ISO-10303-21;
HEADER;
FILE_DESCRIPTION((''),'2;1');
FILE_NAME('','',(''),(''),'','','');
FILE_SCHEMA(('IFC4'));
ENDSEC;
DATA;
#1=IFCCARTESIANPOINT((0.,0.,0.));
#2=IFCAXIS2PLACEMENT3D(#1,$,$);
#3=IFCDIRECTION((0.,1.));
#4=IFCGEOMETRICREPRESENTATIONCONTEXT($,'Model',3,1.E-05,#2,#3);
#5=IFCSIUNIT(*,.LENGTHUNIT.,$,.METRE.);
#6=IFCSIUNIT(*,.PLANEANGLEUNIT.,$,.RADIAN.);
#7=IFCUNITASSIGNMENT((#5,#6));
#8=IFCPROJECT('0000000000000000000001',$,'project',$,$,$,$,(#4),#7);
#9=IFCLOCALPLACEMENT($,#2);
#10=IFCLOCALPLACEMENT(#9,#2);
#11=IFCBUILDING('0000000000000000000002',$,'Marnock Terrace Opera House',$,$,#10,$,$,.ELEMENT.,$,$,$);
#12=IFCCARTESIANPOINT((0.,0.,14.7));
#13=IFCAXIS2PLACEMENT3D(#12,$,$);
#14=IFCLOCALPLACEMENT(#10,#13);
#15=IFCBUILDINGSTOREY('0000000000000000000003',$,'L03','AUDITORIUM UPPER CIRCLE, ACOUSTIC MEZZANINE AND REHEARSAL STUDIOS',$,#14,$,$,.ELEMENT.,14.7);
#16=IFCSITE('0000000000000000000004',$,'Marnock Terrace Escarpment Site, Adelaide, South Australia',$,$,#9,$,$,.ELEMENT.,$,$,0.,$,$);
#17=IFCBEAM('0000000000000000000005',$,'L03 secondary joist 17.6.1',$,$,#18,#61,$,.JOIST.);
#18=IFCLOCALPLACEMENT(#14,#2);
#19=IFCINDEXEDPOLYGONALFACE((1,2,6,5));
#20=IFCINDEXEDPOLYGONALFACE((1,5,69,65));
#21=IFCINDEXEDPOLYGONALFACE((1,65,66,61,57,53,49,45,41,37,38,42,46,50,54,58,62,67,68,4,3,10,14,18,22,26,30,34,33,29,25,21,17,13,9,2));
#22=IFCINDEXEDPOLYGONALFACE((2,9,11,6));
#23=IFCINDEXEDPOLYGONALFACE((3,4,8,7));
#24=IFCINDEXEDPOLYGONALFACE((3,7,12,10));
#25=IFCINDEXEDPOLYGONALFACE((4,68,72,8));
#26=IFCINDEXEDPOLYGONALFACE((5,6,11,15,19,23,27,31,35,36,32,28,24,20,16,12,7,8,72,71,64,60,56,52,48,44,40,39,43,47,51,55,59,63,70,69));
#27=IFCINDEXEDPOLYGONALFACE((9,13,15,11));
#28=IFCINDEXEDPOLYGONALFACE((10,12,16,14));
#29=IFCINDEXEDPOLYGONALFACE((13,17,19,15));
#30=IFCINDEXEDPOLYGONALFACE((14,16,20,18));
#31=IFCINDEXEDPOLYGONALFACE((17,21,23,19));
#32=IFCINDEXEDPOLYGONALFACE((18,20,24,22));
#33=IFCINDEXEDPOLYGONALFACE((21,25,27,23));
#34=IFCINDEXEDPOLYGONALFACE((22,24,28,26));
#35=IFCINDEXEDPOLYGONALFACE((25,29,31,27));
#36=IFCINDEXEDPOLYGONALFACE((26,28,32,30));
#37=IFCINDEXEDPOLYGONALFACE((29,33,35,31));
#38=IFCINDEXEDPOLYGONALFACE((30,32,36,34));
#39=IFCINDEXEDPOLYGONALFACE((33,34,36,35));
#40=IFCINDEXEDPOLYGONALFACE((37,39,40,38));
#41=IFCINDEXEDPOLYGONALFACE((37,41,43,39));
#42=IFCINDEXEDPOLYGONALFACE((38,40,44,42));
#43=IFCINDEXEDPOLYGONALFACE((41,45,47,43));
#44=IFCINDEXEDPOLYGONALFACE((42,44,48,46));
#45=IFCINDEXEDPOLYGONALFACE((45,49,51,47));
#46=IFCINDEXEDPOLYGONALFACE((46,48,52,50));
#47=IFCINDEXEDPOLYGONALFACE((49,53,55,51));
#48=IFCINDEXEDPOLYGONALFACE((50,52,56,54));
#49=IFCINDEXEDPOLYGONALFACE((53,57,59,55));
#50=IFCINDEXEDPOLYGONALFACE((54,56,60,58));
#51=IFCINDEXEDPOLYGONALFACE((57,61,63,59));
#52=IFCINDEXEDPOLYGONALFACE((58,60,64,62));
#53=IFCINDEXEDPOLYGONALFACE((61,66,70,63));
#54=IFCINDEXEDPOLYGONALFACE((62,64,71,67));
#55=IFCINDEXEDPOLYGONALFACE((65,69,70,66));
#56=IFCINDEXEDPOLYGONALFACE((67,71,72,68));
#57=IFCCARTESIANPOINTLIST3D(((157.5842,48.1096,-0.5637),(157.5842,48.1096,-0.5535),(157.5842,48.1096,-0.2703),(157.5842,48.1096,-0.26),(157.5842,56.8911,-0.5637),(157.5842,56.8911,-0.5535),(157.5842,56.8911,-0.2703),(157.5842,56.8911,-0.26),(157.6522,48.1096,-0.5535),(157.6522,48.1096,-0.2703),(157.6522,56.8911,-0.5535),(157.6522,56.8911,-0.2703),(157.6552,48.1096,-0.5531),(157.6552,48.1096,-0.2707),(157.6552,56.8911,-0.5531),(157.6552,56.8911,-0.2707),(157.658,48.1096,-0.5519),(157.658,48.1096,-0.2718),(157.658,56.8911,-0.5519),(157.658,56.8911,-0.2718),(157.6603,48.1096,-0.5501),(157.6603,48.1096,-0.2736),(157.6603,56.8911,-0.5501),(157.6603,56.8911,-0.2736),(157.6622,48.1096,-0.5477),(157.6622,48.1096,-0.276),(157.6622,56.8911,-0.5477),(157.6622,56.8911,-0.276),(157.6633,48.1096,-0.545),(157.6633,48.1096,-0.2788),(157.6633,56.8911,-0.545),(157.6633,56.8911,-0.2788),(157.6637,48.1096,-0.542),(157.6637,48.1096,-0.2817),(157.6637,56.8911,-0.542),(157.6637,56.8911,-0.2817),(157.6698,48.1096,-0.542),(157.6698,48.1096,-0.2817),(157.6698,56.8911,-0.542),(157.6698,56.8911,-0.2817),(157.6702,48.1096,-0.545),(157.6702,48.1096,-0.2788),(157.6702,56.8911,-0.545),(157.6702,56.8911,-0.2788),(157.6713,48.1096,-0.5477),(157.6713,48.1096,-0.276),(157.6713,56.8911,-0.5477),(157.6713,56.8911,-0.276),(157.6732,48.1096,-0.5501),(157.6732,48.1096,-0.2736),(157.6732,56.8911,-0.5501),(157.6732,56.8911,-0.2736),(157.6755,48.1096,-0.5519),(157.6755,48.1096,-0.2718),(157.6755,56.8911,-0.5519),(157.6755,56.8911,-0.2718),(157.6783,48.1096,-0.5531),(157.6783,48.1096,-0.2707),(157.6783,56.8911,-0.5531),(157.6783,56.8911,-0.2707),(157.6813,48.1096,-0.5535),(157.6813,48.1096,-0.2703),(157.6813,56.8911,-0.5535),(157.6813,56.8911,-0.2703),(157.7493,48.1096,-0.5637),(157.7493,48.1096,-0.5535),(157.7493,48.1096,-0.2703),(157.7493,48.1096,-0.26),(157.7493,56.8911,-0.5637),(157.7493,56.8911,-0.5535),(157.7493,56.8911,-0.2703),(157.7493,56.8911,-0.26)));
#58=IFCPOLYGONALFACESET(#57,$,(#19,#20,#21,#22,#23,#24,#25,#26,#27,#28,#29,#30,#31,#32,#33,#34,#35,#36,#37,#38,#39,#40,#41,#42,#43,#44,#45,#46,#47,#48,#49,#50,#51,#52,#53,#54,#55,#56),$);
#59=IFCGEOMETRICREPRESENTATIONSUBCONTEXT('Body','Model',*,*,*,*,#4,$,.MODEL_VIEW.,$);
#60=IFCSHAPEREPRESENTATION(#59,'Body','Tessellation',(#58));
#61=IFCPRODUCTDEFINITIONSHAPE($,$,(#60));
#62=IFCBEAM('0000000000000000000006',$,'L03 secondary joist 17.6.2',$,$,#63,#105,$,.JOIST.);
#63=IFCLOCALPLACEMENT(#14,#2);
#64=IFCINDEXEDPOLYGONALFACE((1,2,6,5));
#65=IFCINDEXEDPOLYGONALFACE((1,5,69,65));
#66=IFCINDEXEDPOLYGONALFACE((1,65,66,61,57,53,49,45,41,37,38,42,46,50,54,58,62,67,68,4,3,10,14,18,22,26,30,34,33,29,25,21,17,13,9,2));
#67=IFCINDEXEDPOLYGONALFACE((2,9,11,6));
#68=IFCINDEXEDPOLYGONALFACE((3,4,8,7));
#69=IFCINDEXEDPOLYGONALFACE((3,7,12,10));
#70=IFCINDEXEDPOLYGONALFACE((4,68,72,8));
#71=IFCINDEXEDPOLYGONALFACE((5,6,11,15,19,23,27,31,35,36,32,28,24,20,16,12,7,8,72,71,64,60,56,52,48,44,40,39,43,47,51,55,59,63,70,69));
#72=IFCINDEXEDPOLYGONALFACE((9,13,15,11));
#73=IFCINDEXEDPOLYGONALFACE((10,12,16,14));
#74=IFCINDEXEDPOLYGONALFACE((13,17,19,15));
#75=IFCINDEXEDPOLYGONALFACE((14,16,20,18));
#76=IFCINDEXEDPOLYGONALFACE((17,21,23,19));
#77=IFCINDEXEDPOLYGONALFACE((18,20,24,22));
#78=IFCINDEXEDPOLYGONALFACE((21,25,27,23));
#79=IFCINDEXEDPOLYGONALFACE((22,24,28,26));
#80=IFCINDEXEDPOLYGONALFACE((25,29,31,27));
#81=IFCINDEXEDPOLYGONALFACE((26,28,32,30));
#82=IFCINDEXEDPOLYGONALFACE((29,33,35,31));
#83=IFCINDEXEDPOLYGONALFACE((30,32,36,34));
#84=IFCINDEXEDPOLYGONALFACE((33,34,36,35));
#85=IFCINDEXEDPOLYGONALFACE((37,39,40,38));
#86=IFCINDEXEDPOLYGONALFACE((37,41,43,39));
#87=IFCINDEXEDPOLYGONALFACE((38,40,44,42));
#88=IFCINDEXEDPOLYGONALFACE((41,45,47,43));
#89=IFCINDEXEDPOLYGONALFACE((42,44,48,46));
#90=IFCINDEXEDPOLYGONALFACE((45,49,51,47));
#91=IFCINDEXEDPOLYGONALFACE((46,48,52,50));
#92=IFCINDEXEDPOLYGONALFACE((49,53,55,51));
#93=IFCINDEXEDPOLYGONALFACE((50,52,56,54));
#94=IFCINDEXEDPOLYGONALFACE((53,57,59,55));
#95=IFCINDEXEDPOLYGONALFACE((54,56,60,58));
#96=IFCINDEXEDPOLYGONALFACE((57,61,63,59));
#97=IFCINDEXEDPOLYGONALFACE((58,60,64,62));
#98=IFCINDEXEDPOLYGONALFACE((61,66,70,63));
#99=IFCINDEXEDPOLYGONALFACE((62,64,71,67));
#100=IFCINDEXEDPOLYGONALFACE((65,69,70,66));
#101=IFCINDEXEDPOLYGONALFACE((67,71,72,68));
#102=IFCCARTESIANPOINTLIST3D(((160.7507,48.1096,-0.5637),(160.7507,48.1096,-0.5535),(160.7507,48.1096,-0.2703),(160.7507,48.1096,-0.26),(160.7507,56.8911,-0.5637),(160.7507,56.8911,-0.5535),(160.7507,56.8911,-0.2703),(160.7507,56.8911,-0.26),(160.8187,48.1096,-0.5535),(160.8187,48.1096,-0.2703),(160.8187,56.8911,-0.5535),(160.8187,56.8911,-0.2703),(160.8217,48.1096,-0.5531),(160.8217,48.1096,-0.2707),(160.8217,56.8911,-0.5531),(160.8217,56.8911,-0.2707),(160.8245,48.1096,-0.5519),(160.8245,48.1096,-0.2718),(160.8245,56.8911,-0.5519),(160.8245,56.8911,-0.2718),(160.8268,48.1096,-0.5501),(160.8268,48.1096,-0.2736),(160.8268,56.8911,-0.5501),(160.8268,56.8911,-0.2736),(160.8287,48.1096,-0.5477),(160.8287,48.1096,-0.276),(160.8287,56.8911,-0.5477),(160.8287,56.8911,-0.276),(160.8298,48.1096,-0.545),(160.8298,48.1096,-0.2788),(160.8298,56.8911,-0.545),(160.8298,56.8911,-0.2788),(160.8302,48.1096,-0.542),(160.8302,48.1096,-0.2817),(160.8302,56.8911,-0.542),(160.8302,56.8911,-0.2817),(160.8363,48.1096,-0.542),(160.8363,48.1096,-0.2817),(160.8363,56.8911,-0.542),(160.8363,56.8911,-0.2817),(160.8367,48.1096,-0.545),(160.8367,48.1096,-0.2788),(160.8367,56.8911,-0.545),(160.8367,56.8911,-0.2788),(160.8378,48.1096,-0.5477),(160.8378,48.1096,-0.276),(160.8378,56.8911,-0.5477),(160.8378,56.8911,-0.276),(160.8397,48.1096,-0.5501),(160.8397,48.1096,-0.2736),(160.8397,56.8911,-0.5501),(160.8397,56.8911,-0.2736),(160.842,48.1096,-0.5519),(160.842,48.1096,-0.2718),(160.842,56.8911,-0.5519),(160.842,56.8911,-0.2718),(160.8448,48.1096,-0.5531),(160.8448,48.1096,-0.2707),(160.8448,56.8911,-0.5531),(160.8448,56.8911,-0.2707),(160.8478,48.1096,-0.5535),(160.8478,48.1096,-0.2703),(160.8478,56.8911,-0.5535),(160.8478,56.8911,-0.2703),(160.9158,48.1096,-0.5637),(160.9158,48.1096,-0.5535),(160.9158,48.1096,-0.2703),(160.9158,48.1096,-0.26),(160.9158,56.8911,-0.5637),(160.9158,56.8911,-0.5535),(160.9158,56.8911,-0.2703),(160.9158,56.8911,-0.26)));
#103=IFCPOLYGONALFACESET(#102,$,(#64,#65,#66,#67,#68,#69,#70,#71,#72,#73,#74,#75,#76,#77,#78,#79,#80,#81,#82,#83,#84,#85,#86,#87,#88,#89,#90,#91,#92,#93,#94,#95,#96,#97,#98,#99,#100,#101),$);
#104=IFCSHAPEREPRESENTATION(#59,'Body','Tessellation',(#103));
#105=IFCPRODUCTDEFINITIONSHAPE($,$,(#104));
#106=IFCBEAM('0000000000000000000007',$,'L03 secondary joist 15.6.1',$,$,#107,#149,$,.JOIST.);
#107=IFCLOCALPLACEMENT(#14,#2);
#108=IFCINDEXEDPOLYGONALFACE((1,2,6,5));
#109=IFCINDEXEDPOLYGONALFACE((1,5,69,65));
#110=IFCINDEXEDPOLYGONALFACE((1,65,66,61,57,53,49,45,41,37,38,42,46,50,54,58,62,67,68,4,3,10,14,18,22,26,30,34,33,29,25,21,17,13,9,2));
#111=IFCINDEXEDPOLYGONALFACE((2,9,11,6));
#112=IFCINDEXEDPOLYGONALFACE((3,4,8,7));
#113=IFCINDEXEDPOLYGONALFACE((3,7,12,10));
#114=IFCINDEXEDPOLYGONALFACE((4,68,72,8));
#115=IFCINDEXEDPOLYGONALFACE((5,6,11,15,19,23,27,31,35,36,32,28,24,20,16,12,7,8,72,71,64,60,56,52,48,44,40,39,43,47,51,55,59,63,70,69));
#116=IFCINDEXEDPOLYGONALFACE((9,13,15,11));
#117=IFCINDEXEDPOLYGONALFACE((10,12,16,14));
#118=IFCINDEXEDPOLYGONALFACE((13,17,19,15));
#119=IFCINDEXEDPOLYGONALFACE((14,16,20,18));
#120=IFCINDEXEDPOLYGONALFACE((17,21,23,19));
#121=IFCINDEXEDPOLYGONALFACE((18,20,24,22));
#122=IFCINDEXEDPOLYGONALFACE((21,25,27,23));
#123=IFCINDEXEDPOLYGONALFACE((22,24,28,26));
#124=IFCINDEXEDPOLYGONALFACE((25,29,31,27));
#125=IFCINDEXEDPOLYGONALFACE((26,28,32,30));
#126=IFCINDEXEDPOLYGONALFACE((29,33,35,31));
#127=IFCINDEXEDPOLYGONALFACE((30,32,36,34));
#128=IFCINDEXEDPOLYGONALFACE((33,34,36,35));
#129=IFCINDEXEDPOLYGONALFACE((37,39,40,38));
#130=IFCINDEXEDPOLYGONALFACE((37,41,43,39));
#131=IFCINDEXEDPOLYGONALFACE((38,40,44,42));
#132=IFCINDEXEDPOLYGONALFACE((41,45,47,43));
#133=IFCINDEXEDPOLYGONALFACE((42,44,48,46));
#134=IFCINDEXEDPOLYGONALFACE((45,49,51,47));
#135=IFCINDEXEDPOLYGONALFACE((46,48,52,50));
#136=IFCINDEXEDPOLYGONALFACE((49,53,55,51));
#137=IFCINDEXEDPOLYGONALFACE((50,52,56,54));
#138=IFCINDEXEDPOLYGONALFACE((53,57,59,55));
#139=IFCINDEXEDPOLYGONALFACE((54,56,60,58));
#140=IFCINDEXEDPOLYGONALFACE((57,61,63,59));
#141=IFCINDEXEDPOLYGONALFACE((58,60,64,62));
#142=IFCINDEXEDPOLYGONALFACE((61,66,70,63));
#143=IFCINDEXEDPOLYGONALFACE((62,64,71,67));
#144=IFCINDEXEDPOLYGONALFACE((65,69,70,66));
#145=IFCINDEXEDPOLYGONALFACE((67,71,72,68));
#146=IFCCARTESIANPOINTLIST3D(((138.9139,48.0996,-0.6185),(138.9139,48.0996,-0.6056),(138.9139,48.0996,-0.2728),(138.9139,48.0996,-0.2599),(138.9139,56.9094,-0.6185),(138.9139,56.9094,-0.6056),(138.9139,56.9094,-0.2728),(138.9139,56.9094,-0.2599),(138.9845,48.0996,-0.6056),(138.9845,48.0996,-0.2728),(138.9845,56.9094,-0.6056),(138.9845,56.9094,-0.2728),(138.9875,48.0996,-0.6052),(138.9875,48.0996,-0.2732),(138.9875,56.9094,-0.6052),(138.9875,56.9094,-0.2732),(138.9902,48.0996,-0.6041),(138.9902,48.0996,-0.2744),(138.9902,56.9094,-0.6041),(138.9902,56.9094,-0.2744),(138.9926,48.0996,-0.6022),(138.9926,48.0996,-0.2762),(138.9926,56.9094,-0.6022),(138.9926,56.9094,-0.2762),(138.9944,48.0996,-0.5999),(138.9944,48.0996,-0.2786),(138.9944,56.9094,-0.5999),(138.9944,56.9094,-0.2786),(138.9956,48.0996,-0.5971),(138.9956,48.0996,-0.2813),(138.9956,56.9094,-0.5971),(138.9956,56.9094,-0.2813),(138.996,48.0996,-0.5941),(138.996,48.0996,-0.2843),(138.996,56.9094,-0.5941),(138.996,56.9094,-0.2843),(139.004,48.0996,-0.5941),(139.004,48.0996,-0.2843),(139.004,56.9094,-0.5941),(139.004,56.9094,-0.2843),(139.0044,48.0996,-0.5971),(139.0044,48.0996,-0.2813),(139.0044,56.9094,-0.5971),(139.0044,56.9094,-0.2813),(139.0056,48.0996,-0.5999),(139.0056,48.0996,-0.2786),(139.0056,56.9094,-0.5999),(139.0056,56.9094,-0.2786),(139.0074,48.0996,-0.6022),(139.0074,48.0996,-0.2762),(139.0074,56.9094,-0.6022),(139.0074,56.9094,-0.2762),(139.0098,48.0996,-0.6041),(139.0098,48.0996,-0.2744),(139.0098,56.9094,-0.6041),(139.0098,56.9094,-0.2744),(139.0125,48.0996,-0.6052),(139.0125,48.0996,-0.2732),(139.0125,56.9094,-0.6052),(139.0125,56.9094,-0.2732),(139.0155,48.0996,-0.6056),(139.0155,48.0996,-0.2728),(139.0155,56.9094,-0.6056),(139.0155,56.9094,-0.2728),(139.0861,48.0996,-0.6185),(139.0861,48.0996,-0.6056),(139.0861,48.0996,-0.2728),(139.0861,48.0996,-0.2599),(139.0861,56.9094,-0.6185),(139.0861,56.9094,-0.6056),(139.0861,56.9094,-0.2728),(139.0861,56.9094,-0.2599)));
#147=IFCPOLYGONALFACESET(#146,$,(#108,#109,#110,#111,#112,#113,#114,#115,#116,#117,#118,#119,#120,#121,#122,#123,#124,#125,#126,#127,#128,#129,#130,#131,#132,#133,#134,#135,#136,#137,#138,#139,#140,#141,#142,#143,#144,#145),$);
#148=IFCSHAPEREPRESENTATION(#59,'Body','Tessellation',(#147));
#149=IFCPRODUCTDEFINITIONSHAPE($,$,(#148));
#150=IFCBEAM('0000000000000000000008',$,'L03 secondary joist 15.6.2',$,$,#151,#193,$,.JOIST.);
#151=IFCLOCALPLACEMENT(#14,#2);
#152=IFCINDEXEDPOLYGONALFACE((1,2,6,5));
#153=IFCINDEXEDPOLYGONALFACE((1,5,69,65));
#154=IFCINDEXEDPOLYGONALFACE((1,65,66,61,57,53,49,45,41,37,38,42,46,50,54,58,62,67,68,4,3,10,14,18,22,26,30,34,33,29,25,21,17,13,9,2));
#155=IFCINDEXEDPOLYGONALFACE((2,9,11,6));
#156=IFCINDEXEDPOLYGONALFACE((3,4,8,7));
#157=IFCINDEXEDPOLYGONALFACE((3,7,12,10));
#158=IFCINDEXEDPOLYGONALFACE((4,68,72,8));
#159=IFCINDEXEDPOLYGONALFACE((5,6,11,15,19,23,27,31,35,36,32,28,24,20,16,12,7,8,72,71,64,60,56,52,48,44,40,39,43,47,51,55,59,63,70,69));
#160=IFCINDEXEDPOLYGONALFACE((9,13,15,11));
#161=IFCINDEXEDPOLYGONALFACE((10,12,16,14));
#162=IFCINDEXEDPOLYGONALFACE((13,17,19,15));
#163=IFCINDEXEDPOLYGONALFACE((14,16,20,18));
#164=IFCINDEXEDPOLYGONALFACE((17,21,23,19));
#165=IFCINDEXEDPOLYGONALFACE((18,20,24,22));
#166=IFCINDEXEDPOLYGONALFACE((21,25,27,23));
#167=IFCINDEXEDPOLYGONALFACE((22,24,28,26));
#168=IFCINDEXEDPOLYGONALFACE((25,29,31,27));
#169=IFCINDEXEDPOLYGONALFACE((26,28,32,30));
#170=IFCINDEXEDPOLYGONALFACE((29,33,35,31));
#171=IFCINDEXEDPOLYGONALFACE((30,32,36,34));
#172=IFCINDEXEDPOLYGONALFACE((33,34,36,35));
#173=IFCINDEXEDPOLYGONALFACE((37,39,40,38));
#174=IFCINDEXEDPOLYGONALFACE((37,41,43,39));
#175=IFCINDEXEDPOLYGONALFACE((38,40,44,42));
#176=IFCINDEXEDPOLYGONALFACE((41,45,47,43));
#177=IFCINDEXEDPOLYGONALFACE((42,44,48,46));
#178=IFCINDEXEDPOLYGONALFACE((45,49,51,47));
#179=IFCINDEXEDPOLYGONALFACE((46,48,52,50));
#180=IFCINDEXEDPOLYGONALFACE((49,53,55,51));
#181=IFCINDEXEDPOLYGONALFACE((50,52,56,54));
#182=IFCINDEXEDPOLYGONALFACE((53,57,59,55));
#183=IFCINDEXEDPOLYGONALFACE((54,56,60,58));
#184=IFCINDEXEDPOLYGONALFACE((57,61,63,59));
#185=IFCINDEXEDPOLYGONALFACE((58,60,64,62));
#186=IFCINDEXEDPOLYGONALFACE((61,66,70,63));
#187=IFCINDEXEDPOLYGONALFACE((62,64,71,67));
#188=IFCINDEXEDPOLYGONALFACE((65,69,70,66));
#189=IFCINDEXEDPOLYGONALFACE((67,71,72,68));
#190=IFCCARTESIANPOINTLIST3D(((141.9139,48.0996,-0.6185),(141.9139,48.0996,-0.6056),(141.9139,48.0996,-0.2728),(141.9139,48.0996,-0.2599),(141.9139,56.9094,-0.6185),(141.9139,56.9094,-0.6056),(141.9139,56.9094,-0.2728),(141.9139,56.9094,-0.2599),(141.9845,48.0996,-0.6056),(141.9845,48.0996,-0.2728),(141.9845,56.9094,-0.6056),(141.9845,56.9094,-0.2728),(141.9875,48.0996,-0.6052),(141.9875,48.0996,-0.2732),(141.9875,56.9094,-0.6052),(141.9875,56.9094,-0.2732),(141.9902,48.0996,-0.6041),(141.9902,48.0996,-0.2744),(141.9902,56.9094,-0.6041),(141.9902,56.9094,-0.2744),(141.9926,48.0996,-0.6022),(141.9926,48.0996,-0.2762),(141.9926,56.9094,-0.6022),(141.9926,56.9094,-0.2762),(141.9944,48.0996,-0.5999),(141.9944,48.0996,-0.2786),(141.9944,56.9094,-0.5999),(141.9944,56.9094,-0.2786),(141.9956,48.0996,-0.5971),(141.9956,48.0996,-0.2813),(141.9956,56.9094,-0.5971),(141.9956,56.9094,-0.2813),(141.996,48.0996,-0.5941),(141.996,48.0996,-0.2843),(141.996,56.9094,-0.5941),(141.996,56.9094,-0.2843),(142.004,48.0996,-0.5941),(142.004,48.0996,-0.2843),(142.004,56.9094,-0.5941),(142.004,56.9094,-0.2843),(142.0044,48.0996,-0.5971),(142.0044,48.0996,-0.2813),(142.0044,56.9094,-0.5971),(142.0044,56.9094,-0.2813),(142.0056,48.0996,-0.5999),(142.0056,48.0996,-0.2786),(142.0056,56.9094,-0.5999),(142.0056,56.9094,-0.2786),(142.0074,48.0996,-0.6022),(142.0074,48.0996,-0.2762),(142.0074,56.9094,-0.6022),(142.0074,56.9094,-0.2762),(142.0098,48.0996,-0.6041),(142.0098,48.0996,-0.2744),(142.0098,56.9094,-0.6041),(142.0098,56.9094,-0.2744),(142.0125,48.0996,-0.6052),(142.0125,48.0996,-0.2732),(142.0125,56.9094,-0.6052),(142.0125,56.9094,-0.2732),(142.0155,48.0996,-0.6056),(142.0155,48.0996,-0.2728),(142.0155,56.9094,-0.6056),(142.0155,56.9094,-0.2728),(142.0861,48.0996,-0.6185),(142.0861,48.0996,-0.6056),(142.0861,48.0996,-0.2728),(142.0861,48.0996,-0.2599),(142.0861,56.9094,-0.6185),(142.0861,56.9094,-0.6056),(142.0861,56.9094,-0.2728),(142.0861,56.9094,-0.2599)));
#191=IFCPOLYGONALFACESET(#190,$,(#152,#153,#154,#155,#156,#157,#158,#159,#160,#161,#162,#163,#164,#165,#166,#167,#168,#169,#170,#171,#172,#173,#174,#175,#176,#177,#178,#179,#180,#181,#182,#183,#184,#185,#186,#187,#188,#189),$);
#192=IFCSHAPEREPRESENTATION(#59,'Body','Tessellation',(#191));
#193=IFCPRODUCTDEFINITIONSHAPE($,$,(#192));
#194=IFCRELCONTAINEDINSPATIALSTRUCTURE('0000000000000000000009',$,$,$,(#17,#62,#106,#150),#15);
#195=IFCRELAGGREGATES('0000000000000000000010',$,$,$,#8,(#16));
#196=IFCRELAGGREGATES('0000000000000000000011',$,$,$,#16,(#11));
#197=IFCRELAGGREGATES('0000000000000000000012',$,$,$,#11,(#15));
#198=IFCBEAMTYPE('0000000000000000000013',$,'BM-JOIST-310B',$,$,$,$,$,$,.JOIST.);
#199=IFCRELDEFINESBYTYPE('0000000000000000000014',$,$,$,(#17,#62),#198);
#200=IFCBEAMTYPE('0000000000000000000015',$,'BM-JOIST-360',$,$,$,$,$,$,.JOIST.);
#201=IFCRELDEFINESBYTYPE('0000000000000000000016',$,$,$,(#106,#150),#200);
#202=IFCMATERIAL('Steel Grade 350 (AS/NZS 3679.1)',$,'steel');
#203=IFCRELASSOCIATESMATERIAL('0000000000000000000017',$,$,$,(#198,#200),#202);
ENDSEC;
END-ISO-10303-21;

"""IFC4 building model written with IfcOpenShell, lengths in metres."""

from ifc_helpers import new_model, si_unit, direction, frame, origin, origin_2d, place, context, subcontext, project, spatial, i_section, extrude, material, material_profile, profile_set, type_object, element, save


model = new_model("IFC4")

# Units and contexts
model_context = context("Model", 3, precision=1e-05, world=origin(), true_north=direction((0.0, 1.0)))
body_context = subcontext(model_context, "Body", "Model", "MODEL_VIEW")
ifc_project = project(units=[si_unit("LENGTHUNIT", "METRE"), si_unit("PLANEANGLEUNIT", "RADIAN")], contexts=[model_context])

# Site, building, storey
site_placement = place(None, origin())
site = spatial("IfcSite", under=ifc_project, at=site_placement, Name="Marnock Terrace Escarpment Site, Adelaide, South Australia", CompositionType="ELEMENT", RefElevation=0.0)
building_placement = place(site_placement, origin())
building = spatial("IfcBuilding", under=site, at=building_placement, Name="Marnock Terrace Opera House", CompositionType="ELEMENT")
storey_placement = place(building_placement, frame((0.0, 0.0, 14.7)))
storey = spatial("IfcBuildingStorey", under=building, at=storey_placement, Name="L03", Description="AUDITORIUM UPPER CIRCLE, ACOUSTIC MEZZANINE AND REHEARSAL STUDIOS", CompositionType="ELEMENT", Elevation=14.7)

# Beams
ifc_material_1 = material(Name="Steel Grade 350 (AS/NZS 3679.1)", Category="steel")
ifc_material_profile_1 = material_profile(ifc_material_1, i_section(OverallWidth=0.165, OverallDepth=0.3037, WebThickness=0.0061, FlangeThickness=0.0103, FilletRadius=0.0115, at=origin_2d()))
ifc_profile_set_1 = profile_set([ifc_material_profile_1], Name="Steel Grade 350 (AS/NZS 3679.1)")
beam_type_1 = type_object("IfcBeamType", Name="BM-JOIST-310B", PredefinedType="JOIST", material=ifc_profile_set_1)
for number, where, z_axis, x_axis, name in (
    (1, (157.6667, 48.1096, -0.4119), (0.0, 1.0, 0.0), (-1.0, 0.0, 0.0), "L03 secondary joist 17.6.1"),
    (2, (160.8333, 48.1096, -0.4119), (0.0, 1.0, 0.0), (-1.0, 0.0, 0.0), "L03 secondary joist 17.6.2"),
):
    element("IfcBeam", number, at=place(storey_placement, frame(where, z_axis=z_axis, x_axis=x_axis)), inside=storey, type_object=beam_type_1, Name=name, PredefinedType="JOIST", context=body_context, shape_type="SweptSolid", body=[
        extrude(i_section(OverallWidth=0.165, OverallDepth=0.3037, WebThickness=0.0061, FlangeThickness=0.0103, FilletRadius=0.0115, at=origin_2d()), origin(), (0.0, 0.0, 1.0), 8.7815),
    ])
ifc_material_profile_2 = material_profile(ifc_material_1, i_section(OverallWidth=0.1721, OverallDepth=0.3586, WebThickness=0.0081, FlangeThickness=0.0129, FilletRadius=0.0115, at=origin_2d()))
ifc_profile_set_2 = profile_set([ifc_material_profile_2], Name="Steel Grade 350 (AS/NZS 3679.1)")
beam_type_2 = type_object("IfcBeamType", Name="BM-JOIST-360", PredefinedType="JOIST", material=ifc_profile_set_2)
for number, where, z_axis, x_axis, name in (
    (3, (139.0, 48.0996, -0.4392), (0.0, 1.0, 0.0), (-1.0, 0.0, 0.0), "L03 secondary joist 15.6.1"),
    (4, (142.0, 48.0996, -0.4392), (0.0, 1.0, 0.0), (-1.0, 0.0, 0.0), "L03 secondary joist 15.6.2"),
):
    element("IfcBeam", number, at=place(storey_placement, frame(where, z_axis=z_axis, x_axis=x_axis)), inside=storey, type_object=beam_type_2, Name=name, PredefinedType="JOIST", context=body_context, shape_type="SweptSolid", body=[
        extrude(i_section(OverallWidth=0.1721, OverallDepth=0.3586, WebThickness=0.0081, FlangeThickness=0.0129, FilletRadius=0.0115, at=origin_2d()), origin(), (0.0, 0.0, 1.0), 8.8098),
    ])

save(model, "model.ifc")
